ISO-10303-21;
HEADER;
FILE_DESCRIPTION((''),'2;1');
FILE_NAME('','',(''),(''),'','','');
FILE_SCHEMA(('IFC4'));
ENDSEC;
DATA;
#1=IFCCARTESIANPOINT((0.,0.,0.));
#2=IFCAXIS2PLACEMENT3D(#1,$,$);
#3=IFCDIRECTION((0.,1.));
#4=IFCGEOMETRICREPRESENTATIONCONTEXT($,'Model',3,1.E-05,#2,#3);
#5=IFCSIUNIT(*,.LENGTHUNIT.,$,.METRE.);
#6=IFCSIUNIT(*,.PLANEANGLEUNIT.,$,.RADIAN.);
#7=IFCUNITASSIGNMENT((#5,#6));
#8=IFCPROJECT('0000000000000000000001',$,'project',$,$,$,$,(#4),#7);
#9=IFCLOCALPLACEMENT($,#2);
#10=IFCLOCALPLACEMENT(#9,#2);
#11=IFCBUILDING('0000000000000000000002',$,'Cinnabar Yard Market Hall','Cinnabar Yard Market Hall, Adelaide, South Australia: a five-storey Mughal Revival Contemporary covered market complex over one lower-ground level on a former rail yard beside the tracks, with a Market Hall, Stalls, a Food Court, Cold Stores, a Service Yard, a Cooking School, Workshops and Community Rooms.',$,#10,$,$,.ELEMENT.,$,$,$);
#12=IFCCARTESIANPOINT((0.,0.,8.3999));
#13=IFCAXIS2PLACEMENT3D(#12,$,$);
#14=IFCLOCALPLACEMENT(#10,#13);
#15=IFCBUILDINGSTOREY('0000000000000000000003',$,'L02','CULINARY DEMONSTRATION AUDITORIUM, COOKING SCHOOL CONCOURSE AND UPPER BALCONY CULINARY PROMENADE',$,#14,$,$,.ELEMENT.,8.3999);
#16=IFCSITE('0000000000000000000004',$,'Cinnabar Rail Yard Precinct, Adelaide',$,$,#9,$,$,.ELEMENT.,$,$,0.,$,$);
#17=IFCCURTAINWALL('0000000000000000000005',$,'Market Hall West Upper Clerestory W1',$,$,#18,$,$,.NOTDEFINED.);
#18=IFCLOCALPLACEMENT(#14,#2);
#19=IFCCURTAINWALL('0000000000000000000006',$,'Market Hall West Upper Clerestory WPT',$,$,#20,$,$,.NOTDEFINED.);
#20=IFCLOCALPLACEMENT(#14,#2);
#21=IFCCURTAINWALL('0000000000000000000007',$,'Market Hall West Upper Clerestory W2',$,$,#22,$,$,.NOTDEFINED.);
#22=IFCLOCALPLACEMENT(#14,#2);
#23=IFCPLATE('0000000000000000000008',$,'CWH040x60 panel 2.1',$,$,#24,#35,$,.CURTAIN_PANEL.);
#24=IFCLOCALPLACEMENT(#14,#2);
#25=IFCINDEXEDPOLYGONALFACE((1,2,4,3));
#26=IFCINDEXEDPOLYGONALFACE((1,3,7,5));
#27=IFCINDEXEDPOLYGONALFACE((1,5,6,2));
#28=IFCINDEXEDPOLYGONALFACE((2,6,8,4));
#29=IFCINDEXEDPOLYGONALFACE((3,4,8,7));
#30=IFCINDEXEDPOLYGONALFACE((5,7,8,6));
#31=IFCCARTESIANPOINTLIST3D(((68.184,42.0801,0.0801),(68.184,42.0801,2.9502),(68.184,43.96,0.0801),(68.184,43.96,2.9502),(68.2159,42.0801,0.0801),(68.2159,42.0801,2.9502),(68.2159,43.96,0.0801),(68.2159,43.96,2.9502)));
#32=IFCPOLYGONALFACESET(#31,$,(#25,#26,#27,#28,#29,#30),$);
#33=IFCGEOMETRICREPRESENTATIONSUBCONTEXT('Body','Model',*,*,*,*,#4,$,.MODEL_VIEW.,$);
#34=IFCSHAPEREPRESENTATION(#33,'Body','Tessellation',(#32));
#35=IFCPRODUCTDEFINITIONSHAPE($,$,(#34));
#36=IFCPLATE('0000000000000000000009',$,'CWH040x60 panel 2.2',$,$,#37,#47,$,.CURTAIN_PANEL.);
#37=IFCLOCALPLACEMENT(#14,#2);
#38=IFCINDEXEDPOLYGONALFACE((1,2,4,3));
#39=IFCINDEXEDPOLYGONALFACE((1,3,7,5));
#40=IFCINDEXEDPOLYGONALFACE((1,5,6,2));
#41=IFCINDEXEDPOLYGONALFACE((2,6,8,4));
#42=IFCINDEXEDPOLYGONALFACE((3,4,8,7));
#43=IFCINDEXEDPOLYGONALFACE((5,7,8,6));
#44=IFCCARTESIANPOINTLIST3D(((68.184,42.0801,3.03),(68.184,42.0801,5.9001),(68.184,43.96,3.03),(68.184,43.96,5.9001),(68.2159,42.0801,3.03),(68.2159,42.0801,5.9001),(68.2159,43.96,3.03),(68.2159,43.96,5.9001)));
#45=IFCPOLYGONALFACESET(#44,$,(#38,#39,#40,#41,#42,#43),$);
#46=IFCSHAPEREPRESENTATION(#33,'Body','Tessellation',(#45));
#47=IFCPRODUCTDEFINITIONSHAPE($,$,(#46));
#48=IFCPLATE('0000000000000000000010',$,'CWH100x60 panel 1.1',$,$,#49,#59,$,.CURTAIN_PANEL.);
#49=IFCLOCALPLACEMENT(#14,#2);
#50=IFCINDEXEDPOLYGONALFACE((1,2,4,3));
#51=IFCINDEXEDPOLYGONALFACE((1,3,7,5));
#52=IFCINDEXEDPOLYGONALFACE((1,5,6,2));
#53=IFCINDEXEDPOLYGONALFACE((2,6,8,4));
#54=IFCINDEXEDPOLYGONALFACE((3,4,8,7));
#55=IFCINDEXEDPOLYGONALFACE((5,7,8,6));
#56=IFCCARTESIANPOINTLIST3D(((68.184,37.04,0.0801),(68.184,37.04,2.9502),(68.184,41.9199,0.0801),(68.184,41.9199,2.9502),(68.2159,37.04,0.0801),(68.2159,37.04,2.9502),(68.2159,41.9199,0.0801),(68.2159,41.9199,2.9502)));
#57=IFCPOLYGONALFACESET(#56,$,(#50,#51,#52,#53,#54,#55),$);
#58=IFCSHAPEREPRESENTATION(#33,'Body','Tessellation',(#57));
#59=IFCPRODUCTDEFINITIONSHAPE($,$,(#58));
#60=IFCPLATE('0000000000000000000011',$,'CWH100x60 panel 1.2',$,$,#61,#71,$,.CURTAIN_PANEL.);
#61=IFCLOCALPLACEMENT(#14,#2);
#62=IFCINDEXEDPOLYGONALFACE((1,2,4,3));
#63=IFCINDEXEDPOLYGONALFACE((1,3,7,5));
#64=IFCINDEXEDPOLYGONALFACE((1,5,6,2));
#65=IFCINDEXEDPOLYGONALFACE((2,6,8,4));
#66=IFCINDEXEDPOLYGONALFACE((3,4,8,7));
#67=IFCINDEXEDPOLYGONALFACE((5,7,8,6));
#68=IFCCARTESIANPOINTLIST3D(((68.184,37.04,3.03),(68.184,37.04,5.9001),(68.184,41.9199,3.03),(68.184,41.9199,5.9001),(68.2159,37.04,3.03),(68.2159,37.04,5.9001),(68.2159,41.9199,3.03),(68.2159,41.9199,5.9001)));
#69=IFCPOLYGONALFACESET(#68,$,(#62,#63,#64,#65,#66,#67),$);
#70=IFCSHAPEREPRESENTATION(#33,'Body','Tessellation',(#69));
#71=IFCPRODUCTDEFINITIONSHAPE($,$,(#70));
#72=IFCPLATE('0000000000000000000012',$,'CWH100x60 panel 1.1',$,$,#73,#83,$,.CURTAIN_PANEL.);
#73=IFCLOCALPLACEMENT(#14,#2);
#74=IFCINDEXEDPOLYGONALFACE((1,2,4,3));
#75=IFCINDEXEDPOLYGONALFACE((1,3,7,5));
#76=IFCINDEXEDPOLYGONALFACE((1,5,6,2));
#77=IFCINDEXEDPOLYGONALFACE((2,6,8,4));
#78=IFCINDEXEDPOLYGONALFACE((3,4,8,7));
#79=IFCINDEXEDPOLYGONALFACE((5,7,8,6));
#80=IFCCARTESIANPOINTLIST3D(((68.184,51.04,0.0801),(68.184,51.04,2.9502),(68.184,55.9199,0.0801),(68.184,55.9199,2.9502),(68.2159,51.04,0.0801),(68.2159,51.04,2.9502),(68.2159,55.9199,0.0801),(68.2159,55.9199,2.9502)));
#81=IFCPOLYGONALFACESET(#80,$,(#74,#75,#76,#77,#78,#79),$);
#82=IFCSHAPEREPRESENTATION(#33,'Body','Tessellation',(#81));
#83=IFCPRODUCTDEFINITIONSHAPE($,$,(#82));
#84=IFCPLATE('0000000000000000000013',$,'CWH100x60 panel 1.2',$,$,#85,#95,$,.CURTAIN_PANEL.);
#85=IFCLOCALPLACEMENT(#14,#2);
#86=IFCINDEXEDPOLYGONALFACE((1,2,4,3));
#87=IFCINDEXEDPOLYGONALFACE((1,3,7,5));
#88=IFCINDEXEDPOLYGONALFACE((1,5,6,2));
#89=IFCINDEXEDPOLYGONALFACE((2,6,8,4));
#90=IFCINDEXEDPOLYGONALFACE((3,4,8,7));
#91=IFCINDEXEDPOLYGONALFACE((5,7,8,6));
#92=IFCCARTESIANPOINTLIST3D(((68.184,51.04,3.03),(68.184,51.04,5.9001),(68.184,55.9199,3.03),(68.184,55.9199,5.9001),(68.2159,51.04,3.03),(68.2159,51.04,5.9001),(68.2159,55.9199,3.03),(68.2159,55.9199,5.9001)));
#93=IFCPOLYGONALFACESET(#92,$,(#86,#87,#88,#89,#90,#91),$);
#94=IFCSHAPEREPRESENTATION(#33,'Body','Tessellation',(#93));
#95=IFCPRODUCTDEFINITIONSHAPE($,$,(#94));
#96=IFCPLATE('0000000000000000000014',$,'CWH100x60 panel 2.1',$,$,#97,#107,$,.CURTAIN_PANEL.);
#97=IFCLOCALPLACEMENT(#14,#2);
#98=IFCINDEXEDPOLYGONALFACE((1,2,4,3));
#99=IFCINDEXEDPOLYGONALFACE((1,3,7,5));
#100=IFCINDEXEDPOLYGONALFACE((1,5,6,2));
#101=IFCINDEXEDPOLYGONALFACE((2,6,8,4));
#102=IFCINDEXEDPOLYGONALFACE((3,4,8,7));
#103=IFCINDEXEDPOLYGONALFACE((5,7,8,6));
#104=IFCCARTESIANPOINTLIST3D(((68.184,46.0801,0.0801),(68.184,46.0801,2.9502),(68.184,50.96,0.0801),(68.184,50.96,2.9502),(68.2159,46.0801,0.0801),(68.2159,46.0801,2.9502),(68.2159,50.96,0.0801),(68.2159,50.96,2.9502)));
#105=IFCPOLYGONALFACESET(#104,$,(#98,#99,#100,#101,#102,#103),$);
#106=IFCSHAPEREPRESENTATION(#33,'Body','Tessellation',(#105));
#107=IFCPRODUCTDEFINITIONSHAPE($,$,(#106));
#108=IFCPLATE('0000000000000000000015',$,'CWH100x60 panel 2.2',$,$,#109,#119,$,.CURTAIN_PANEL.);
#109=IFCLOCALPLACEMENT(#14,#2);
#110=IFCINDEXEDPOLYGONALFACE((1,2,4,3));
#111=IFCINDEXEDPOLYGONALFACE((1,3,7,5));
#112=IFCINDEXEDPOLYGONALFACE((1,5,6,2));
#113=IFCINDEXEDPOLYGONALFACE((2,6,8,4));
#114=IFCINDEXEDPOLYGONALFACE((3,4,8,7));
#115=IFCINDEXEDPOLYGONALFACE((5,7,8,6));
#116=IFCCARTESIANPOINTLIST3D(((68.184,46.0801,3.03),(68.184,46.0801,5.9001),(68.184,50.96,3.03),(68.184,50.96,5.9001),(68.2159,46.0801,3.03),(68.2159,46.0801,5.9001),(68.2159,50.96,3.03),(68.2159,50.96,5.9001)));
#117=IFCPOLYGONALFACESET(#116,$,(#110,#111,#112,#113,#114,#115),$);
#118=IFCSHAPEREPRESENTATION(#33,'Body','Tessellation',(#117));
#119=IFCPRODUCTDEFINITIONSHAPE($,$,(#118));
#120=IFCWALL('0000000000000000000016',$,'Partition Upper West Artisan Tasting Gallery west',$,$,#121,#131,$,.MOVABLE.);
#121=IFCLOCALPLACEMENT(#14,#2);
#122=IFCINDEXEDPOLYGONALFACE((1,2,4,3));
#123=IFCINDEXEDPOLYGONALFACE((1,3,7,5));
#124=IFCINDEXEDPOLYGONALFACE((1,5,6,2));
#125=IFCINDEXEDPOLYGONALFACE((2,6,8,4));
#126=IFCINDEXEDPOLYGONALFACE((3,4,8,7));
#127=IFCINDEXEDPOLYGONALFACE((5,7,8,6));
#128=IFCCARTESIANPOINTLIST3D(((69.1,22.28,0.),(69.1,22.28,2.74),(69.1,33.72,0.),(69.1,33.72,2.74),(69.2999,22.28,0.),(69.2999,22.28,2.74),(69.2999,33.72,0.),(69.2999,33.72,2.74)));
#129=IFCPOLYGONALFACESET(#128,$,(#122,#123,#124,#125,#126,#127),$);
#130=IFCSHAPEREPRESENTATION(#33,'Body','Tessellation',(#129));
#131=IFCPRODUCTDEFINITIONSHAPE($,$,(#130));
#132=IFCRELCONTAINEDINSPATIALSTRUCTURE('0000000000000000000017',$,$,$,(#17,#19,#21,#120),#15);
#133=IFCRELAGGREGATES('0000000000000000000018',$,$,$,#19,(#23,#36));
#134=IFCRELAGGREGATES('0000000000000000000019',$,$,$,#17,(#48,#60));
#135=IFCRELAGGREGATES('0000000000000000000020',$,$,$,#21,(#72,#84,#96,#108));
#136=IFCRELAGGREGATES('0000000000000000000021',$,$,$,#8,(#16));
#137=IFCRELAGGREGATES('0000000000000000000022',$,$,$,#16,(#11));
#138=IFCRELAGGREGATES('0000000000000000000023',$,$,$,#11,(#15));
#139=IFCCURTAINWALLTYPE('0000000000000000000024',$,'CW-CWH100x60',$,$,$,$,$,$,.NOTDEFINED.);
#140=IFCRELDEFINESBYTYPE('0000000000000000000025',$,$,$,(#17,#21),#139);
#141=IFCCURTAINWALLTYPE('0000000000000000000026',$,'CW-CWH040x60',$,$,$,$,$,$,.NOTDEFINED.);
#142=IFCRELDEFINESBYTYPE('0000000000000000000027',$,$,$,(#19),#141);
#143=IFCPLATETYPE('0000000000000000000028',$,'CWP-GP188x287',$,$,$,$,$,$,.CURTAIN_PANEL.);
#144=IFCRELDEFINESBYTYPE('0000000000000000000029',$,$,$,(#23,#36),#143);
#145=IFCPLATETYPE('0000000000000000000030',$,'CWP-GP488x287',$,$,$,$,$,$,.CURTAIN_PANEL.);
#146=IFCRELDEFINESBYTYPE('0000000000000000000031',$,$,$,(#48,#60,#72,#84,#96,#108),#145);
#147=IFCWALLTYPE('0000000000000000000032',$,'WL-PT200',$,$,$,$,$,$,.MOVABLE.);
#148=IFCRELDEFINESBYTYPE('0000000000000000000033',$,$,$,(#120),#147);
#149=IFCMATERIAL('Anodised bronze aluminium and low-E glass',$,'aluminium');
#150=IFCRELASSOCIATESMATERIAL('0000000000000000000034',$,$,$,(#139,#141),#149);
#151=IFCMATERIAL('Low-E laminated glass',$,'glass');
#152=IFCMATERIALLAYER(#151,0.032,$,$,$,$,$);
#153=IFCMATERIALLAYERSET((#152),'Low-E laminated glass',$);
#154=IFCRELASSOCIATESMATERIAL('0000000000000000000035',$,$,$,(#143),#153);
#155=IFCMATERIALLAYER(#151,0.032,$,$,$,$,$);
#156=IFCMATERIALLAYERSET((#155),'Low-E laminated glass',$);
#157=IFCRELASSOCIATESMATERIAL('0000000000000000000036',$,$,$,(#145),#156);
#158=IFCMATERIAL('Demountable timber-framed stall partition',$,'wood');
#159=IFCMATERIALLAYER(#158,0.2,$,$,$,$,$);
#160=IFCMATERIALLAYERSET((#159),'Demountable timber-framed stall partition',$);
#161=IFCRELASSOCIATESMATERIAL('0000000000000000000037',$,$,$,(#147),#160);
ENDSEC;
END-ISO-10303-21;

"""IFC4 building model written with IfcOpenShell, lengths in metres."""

from ifc_helpers import new_model, si_unit, direction, frame, frame_2d, origin, origin_2d_with_axis, place, context, subcontext, project, spatial, rectangle, extrude, material, layer, layer_set, type_object, element, aggregate, save


model = new_model("IFC4")

# Units and contexts
model_context = context("Model", 3, precision=1e-05, world=origin(), true_north=direction((0.0, 1.0)))
body_context = subcontext(model_context, "Body", "Model", "MODEL_VIEW")
ifc_project = project(units=[si_unit("LENGTHUNIT", "METRE"), si_unit("PLANEANGLEUNIT", "RADIAN")], contexts=[model_context])

# Site, building, storey
site_placement = place(None, origin())
site = spatial("IfcSite", under=ifc_project, at=site_placement, Name="Cinnabar Rail Yard Precinct, Adelaide", CompositionType="ELEMENT", RefElevation=0.0)
building_placement = place(site_placement, origin())
building = spatial("IfcBuilding", under=site, at=building_placement, Name="Cinnabar Yard Market Hall", Description="Cinnabar Yard Market Hall, Adelaide, South Australia: a five-storey Mughal Revival Contemporary covered market complex over one lower-ground level on a former rail yard beside the tracks, with a Market Hall, Stalls, a Food Court, Cold Stores, a Service Yard, a Cooking School, Workshops and Community Rooms.", CompositionType="ELEMENT")
storey_placement = place(building_placement, frame((0.0, 0.0, 8.3999)))
storey = spatial("IfcBuildingStorey", under=building, at=storey_placement, Name="L02", Description="CULINARY DEMONSTRATION AUDITORIUM, COOKING SCHOOL CONCOURSE AND UPPER BALCONY CULINARY PROMENADE", CompositionType="ELEMENT", Elevation=8.3999)

# Curtain walls
ifc_material_1 = material(Name="Anodised bronze aluminium and low-E glass", Category="aluminium")
curtain_wall_type_1 = type_object("IfcCurtainWallType", Name="CW-CWH100x60", PredefinedType="NOTDEFINED", material=ifc_material_1)
curtain_wall_1_placement = place(storey_placement, origin())
curtain_wall_1 = element("IfcCurtainWall", 1, at=curtain_wall_1_placement, inside=storey, type_object=curtain_wall_type_1, Name="Market Hall West Upper Clerestory W1", PredefinedType="NOTDEFINED")
curtain_wall_type_2 = type_object("IfcCurtainWallType", Name="CW-CWH040x60", PredefinedType="NOTDEFINED", material=ifc_material_1)
curtain_wall_2_placement = place(storey_placement, origin())
curtain_wall_2 = element("IfcCurtainWall", 2, at=curtain_wall_2_placement, inside=storey, type_object=curtain_wall_type_2, Name="Market Hall West Upper Clerestory WPT", PredefinedType="NOTDEFINED")
curtain_wall_3_placement = place(storey_placement, origin())
curtain_wall_3 = element("IfcCurtainWall", 3, at=curtain_wall_3_placement, inside=storey, type_object=curtain_wall_type_1, Name="Market Hall West Upper Clerestory W2", PredefinedType="NOTDEFINED")

# Plates
ifc_material_2 = material(Name="Low-E laminated glass", Category="glass")
ifc_layer_1 = layer(ifc_material_2, 0.032)
ifc_layer_set_1 = layer_set([ifc_layer_1], Name="Low-E laminated glass")
plate_type_1 = type_object("IfcPlateType", Name="CWP-GP188x287", PredefinedType="CURTAIN_PANEL", material=ifc_layer_set_1)
plate_1_placement = place(storey_placement, frame((68.2, 43.02, 0.0801), z_axis=(0.0, 0.0, 1.0), x_axis=(0.0, -1.0, 0.0)))
plate_1 = element("IfcPlate", 4, at=plate_1_placement, type_object=plate_type_1, Name="CWH040x60 panel 2.1", PredefinedType="CURTAIN_PANEL", context=body_context, shape_type="SweptSolid", body=[
    extrude(rectangle(XDim=1.8799, YDim=0.032, at=origin_2d_with_axis()), origin(), (0.0, 0.0, 1.0), 2.8701),
])
plate_2_placement = place(storey_placement, frame((68.2, 43.02, 3.03), z_axis=(0.0, 0.0, 1.0), x_axis=(0.0, -1.0, 0.0)))
plate_2 = element("IfcPlate", 5, at=plate_2_placement, type_object=plate_type_1, Name="CWH040x60 panel 2.2", PredefinedType="CURTAIN_PANEL", context=body_context, shape_type="SweptSolid", body=[
    extrude(rectangle(XDim=1.8799, YDim=0.032, at=origin_2d_with_axis()), origin(), (0.0, 0.0, 1.0), 2.8701),
])
aggregate(curtain_wall_2, [plate_1, plate_2])
ifc_layer_2 = layer(ifc_material_2, 0.032)
ifc_layer_set_2 = layer_set([ifc_layer_2], Name="Low-E laminated glass")
plate_type_2 = type_object("IfcPlateType", Name="CWP-GP488x287", PredefinedType="CURTAIN_PANEL", material=ifc_layer_set_2)
plate_3_placement = place(storey_placement, frame((68.2, 39.48, 0.0801), z_axis=(0.0, 0.0, 1.0), x_axis=(0.0, -1.0, 0.0)))
plate_3 = element("IfcPlate", 6, at=plate_3_placement, type_object=plate_type_2, Name="CWH100x60 panel 1.1", PredefinedType="CURTAIN_PANEL", context=body_context, shape_type="SweptSolid", body=[
    extrude(rectangle(XDim=4.8799, YDim=0.032, at=origin_2d_with_axis()), origin(), (0.0, 0.0, 1.0), 2.8701),
])
plate_4_placement = place(storey_placement, frame((68.2, 39.48, 3.03), z_axis=(0.0, 0.0, 1.0), x_axis=(0.0, -1.0, 0.0)))
plate_4 = element("IfcPlate", 7, at=plate_4_placement, type_object=plate_type_2, Name="CWH100x60 panel 1.2", PredefinedType="CURTAIN_PANEL", context=body_context, shape_type="SweptSolid", body=[
    extrude(rectangle(XDim=4.8799, YDim=0.032, at=origin_2d_with_axis()), origin(), (0.0, 0.0, 1.0), 2.8701),
])
aggregate(curtain_wall_1, [plate_3, plate_4])
plate_5_placement = place(storey_placement, frame((68.2, 53.48, 0.0801), z_axis=(0.0, 0.0, 1.0), x_axis=(0.0, -1.0, 0.0)))
plate_5 = element("IfcPlate", 8, at=plate_5_placement, type_object=plate_type_2, Name="CWH100x60 panel 1.1", PredefinedType="CURTAIN_PANEL", context=body_context, shape_type="SweptSolid", body=[
    extrude(rectangle(XDim=4.8799, YDim=0.032, at=origin_2d_with_axis()), origin(), (0.0, 0.0, 1.0), 2.8701),
])
plate_6_placement = place(storey_placement, frame((68.2, 53.48, 3.03), z_axis=(0.0, 0.0, 1.0), x_axis=(0.0, -1.0, 0.0)))
plate_6 = element("IfcPlate", 9, at=plate_6_placement, type_object=plate_type_2, Name="CWH100x60 panel 1.2", PredefinedType="CURTAIN_PANEL", context=body_context, shape_type="SweptSolid", body=[
    extrude(rectangle(XDim=4.8799, YDim=0.032, at=origin_2d_with_axis()), origin(), (0.0, 0.0, 1.0), 2.8701),
])
plate_7_placement = place(storey_placement, frame((68.2, 48.52, 0.0801), z_axis=(0.0, 0.0, 1.0), x_axis=(0.0, -1.0, 0.0)))
plate_7 = element("IfcPlate", 10, at=plate_7_placement, type_object=plate_type_2, Name="CWH100x60 panel 2.1", PredefinedType="CURTAIN_PANEL", context=body_context, shape_type="SweptSolid", body=[
    extrude(rectangle(XDim=4.8799, YDim=0.032, at=origin_2d_with_axis()), origin(), (0.0, 0.0, 1.0), 2.8701),
])
plate_8_placement = place(storey_placement, frame((68.2, 48.52, 3.03), z_axis=(0.0, 0.0, 1.0), x_axis=(0.0, -1.0, 0.0)))
plate_8 = element("IfcPlate", 11, at=plate_8_placement, type_object=plate_type_2, Name="CWH100x60 panel 2.2", PredefinedType="CURTAIN_PANEL", context=body_context, shape_type="SweptSolid", body=[
    extrude(rectangle(XDim=4.8799, YDim=0.032, at=origin_2d_with_axis()), origin(), (0.0, 0.0, 1.0), 2.8701),
])
aggregate(curtain_wall_3, [plate_5, plate_6, plate_7, plate_8])

# Wall
ifc_material_3 = material(Name="Demountable timber-framed stall partition", Category="wood")
ifc_layer_3 = layer(ifc_material_3, 0.2)
ifc_layer_set_3 = layer_set([ifc_layer_3], Name="Demountable timber-framed stall partition")
wall_type = type_object("IfcWallType", Name="WL-PT200", PredefinedType="MOVABLE", material=ifc_layer_set_3)
wall_placement = place(storey_placement, frame((69.2, 33.72, 0.0), z_axis=(0.0, 0.0, 1.0), x_axis=(0.0, -1.0, 0.0)))
element("IfcWall", 12, at=wall_placement, inside=storey, type_object=wall_type, Name="Partition Upper West Artisan Tasting Gallery west", PredefinedType="MOVABLE", context=body_context, shape_type="SweptSolid", body=[
    extrude(rectangle(XDim=11.4399, YDim=0.2, at=frame_2d((5.72, 0.0), x_axis=(1.0, 0.0))), origin(), (0.0, 0.0, 1.0), 2.74),
])

save(model, "model.ifc")
